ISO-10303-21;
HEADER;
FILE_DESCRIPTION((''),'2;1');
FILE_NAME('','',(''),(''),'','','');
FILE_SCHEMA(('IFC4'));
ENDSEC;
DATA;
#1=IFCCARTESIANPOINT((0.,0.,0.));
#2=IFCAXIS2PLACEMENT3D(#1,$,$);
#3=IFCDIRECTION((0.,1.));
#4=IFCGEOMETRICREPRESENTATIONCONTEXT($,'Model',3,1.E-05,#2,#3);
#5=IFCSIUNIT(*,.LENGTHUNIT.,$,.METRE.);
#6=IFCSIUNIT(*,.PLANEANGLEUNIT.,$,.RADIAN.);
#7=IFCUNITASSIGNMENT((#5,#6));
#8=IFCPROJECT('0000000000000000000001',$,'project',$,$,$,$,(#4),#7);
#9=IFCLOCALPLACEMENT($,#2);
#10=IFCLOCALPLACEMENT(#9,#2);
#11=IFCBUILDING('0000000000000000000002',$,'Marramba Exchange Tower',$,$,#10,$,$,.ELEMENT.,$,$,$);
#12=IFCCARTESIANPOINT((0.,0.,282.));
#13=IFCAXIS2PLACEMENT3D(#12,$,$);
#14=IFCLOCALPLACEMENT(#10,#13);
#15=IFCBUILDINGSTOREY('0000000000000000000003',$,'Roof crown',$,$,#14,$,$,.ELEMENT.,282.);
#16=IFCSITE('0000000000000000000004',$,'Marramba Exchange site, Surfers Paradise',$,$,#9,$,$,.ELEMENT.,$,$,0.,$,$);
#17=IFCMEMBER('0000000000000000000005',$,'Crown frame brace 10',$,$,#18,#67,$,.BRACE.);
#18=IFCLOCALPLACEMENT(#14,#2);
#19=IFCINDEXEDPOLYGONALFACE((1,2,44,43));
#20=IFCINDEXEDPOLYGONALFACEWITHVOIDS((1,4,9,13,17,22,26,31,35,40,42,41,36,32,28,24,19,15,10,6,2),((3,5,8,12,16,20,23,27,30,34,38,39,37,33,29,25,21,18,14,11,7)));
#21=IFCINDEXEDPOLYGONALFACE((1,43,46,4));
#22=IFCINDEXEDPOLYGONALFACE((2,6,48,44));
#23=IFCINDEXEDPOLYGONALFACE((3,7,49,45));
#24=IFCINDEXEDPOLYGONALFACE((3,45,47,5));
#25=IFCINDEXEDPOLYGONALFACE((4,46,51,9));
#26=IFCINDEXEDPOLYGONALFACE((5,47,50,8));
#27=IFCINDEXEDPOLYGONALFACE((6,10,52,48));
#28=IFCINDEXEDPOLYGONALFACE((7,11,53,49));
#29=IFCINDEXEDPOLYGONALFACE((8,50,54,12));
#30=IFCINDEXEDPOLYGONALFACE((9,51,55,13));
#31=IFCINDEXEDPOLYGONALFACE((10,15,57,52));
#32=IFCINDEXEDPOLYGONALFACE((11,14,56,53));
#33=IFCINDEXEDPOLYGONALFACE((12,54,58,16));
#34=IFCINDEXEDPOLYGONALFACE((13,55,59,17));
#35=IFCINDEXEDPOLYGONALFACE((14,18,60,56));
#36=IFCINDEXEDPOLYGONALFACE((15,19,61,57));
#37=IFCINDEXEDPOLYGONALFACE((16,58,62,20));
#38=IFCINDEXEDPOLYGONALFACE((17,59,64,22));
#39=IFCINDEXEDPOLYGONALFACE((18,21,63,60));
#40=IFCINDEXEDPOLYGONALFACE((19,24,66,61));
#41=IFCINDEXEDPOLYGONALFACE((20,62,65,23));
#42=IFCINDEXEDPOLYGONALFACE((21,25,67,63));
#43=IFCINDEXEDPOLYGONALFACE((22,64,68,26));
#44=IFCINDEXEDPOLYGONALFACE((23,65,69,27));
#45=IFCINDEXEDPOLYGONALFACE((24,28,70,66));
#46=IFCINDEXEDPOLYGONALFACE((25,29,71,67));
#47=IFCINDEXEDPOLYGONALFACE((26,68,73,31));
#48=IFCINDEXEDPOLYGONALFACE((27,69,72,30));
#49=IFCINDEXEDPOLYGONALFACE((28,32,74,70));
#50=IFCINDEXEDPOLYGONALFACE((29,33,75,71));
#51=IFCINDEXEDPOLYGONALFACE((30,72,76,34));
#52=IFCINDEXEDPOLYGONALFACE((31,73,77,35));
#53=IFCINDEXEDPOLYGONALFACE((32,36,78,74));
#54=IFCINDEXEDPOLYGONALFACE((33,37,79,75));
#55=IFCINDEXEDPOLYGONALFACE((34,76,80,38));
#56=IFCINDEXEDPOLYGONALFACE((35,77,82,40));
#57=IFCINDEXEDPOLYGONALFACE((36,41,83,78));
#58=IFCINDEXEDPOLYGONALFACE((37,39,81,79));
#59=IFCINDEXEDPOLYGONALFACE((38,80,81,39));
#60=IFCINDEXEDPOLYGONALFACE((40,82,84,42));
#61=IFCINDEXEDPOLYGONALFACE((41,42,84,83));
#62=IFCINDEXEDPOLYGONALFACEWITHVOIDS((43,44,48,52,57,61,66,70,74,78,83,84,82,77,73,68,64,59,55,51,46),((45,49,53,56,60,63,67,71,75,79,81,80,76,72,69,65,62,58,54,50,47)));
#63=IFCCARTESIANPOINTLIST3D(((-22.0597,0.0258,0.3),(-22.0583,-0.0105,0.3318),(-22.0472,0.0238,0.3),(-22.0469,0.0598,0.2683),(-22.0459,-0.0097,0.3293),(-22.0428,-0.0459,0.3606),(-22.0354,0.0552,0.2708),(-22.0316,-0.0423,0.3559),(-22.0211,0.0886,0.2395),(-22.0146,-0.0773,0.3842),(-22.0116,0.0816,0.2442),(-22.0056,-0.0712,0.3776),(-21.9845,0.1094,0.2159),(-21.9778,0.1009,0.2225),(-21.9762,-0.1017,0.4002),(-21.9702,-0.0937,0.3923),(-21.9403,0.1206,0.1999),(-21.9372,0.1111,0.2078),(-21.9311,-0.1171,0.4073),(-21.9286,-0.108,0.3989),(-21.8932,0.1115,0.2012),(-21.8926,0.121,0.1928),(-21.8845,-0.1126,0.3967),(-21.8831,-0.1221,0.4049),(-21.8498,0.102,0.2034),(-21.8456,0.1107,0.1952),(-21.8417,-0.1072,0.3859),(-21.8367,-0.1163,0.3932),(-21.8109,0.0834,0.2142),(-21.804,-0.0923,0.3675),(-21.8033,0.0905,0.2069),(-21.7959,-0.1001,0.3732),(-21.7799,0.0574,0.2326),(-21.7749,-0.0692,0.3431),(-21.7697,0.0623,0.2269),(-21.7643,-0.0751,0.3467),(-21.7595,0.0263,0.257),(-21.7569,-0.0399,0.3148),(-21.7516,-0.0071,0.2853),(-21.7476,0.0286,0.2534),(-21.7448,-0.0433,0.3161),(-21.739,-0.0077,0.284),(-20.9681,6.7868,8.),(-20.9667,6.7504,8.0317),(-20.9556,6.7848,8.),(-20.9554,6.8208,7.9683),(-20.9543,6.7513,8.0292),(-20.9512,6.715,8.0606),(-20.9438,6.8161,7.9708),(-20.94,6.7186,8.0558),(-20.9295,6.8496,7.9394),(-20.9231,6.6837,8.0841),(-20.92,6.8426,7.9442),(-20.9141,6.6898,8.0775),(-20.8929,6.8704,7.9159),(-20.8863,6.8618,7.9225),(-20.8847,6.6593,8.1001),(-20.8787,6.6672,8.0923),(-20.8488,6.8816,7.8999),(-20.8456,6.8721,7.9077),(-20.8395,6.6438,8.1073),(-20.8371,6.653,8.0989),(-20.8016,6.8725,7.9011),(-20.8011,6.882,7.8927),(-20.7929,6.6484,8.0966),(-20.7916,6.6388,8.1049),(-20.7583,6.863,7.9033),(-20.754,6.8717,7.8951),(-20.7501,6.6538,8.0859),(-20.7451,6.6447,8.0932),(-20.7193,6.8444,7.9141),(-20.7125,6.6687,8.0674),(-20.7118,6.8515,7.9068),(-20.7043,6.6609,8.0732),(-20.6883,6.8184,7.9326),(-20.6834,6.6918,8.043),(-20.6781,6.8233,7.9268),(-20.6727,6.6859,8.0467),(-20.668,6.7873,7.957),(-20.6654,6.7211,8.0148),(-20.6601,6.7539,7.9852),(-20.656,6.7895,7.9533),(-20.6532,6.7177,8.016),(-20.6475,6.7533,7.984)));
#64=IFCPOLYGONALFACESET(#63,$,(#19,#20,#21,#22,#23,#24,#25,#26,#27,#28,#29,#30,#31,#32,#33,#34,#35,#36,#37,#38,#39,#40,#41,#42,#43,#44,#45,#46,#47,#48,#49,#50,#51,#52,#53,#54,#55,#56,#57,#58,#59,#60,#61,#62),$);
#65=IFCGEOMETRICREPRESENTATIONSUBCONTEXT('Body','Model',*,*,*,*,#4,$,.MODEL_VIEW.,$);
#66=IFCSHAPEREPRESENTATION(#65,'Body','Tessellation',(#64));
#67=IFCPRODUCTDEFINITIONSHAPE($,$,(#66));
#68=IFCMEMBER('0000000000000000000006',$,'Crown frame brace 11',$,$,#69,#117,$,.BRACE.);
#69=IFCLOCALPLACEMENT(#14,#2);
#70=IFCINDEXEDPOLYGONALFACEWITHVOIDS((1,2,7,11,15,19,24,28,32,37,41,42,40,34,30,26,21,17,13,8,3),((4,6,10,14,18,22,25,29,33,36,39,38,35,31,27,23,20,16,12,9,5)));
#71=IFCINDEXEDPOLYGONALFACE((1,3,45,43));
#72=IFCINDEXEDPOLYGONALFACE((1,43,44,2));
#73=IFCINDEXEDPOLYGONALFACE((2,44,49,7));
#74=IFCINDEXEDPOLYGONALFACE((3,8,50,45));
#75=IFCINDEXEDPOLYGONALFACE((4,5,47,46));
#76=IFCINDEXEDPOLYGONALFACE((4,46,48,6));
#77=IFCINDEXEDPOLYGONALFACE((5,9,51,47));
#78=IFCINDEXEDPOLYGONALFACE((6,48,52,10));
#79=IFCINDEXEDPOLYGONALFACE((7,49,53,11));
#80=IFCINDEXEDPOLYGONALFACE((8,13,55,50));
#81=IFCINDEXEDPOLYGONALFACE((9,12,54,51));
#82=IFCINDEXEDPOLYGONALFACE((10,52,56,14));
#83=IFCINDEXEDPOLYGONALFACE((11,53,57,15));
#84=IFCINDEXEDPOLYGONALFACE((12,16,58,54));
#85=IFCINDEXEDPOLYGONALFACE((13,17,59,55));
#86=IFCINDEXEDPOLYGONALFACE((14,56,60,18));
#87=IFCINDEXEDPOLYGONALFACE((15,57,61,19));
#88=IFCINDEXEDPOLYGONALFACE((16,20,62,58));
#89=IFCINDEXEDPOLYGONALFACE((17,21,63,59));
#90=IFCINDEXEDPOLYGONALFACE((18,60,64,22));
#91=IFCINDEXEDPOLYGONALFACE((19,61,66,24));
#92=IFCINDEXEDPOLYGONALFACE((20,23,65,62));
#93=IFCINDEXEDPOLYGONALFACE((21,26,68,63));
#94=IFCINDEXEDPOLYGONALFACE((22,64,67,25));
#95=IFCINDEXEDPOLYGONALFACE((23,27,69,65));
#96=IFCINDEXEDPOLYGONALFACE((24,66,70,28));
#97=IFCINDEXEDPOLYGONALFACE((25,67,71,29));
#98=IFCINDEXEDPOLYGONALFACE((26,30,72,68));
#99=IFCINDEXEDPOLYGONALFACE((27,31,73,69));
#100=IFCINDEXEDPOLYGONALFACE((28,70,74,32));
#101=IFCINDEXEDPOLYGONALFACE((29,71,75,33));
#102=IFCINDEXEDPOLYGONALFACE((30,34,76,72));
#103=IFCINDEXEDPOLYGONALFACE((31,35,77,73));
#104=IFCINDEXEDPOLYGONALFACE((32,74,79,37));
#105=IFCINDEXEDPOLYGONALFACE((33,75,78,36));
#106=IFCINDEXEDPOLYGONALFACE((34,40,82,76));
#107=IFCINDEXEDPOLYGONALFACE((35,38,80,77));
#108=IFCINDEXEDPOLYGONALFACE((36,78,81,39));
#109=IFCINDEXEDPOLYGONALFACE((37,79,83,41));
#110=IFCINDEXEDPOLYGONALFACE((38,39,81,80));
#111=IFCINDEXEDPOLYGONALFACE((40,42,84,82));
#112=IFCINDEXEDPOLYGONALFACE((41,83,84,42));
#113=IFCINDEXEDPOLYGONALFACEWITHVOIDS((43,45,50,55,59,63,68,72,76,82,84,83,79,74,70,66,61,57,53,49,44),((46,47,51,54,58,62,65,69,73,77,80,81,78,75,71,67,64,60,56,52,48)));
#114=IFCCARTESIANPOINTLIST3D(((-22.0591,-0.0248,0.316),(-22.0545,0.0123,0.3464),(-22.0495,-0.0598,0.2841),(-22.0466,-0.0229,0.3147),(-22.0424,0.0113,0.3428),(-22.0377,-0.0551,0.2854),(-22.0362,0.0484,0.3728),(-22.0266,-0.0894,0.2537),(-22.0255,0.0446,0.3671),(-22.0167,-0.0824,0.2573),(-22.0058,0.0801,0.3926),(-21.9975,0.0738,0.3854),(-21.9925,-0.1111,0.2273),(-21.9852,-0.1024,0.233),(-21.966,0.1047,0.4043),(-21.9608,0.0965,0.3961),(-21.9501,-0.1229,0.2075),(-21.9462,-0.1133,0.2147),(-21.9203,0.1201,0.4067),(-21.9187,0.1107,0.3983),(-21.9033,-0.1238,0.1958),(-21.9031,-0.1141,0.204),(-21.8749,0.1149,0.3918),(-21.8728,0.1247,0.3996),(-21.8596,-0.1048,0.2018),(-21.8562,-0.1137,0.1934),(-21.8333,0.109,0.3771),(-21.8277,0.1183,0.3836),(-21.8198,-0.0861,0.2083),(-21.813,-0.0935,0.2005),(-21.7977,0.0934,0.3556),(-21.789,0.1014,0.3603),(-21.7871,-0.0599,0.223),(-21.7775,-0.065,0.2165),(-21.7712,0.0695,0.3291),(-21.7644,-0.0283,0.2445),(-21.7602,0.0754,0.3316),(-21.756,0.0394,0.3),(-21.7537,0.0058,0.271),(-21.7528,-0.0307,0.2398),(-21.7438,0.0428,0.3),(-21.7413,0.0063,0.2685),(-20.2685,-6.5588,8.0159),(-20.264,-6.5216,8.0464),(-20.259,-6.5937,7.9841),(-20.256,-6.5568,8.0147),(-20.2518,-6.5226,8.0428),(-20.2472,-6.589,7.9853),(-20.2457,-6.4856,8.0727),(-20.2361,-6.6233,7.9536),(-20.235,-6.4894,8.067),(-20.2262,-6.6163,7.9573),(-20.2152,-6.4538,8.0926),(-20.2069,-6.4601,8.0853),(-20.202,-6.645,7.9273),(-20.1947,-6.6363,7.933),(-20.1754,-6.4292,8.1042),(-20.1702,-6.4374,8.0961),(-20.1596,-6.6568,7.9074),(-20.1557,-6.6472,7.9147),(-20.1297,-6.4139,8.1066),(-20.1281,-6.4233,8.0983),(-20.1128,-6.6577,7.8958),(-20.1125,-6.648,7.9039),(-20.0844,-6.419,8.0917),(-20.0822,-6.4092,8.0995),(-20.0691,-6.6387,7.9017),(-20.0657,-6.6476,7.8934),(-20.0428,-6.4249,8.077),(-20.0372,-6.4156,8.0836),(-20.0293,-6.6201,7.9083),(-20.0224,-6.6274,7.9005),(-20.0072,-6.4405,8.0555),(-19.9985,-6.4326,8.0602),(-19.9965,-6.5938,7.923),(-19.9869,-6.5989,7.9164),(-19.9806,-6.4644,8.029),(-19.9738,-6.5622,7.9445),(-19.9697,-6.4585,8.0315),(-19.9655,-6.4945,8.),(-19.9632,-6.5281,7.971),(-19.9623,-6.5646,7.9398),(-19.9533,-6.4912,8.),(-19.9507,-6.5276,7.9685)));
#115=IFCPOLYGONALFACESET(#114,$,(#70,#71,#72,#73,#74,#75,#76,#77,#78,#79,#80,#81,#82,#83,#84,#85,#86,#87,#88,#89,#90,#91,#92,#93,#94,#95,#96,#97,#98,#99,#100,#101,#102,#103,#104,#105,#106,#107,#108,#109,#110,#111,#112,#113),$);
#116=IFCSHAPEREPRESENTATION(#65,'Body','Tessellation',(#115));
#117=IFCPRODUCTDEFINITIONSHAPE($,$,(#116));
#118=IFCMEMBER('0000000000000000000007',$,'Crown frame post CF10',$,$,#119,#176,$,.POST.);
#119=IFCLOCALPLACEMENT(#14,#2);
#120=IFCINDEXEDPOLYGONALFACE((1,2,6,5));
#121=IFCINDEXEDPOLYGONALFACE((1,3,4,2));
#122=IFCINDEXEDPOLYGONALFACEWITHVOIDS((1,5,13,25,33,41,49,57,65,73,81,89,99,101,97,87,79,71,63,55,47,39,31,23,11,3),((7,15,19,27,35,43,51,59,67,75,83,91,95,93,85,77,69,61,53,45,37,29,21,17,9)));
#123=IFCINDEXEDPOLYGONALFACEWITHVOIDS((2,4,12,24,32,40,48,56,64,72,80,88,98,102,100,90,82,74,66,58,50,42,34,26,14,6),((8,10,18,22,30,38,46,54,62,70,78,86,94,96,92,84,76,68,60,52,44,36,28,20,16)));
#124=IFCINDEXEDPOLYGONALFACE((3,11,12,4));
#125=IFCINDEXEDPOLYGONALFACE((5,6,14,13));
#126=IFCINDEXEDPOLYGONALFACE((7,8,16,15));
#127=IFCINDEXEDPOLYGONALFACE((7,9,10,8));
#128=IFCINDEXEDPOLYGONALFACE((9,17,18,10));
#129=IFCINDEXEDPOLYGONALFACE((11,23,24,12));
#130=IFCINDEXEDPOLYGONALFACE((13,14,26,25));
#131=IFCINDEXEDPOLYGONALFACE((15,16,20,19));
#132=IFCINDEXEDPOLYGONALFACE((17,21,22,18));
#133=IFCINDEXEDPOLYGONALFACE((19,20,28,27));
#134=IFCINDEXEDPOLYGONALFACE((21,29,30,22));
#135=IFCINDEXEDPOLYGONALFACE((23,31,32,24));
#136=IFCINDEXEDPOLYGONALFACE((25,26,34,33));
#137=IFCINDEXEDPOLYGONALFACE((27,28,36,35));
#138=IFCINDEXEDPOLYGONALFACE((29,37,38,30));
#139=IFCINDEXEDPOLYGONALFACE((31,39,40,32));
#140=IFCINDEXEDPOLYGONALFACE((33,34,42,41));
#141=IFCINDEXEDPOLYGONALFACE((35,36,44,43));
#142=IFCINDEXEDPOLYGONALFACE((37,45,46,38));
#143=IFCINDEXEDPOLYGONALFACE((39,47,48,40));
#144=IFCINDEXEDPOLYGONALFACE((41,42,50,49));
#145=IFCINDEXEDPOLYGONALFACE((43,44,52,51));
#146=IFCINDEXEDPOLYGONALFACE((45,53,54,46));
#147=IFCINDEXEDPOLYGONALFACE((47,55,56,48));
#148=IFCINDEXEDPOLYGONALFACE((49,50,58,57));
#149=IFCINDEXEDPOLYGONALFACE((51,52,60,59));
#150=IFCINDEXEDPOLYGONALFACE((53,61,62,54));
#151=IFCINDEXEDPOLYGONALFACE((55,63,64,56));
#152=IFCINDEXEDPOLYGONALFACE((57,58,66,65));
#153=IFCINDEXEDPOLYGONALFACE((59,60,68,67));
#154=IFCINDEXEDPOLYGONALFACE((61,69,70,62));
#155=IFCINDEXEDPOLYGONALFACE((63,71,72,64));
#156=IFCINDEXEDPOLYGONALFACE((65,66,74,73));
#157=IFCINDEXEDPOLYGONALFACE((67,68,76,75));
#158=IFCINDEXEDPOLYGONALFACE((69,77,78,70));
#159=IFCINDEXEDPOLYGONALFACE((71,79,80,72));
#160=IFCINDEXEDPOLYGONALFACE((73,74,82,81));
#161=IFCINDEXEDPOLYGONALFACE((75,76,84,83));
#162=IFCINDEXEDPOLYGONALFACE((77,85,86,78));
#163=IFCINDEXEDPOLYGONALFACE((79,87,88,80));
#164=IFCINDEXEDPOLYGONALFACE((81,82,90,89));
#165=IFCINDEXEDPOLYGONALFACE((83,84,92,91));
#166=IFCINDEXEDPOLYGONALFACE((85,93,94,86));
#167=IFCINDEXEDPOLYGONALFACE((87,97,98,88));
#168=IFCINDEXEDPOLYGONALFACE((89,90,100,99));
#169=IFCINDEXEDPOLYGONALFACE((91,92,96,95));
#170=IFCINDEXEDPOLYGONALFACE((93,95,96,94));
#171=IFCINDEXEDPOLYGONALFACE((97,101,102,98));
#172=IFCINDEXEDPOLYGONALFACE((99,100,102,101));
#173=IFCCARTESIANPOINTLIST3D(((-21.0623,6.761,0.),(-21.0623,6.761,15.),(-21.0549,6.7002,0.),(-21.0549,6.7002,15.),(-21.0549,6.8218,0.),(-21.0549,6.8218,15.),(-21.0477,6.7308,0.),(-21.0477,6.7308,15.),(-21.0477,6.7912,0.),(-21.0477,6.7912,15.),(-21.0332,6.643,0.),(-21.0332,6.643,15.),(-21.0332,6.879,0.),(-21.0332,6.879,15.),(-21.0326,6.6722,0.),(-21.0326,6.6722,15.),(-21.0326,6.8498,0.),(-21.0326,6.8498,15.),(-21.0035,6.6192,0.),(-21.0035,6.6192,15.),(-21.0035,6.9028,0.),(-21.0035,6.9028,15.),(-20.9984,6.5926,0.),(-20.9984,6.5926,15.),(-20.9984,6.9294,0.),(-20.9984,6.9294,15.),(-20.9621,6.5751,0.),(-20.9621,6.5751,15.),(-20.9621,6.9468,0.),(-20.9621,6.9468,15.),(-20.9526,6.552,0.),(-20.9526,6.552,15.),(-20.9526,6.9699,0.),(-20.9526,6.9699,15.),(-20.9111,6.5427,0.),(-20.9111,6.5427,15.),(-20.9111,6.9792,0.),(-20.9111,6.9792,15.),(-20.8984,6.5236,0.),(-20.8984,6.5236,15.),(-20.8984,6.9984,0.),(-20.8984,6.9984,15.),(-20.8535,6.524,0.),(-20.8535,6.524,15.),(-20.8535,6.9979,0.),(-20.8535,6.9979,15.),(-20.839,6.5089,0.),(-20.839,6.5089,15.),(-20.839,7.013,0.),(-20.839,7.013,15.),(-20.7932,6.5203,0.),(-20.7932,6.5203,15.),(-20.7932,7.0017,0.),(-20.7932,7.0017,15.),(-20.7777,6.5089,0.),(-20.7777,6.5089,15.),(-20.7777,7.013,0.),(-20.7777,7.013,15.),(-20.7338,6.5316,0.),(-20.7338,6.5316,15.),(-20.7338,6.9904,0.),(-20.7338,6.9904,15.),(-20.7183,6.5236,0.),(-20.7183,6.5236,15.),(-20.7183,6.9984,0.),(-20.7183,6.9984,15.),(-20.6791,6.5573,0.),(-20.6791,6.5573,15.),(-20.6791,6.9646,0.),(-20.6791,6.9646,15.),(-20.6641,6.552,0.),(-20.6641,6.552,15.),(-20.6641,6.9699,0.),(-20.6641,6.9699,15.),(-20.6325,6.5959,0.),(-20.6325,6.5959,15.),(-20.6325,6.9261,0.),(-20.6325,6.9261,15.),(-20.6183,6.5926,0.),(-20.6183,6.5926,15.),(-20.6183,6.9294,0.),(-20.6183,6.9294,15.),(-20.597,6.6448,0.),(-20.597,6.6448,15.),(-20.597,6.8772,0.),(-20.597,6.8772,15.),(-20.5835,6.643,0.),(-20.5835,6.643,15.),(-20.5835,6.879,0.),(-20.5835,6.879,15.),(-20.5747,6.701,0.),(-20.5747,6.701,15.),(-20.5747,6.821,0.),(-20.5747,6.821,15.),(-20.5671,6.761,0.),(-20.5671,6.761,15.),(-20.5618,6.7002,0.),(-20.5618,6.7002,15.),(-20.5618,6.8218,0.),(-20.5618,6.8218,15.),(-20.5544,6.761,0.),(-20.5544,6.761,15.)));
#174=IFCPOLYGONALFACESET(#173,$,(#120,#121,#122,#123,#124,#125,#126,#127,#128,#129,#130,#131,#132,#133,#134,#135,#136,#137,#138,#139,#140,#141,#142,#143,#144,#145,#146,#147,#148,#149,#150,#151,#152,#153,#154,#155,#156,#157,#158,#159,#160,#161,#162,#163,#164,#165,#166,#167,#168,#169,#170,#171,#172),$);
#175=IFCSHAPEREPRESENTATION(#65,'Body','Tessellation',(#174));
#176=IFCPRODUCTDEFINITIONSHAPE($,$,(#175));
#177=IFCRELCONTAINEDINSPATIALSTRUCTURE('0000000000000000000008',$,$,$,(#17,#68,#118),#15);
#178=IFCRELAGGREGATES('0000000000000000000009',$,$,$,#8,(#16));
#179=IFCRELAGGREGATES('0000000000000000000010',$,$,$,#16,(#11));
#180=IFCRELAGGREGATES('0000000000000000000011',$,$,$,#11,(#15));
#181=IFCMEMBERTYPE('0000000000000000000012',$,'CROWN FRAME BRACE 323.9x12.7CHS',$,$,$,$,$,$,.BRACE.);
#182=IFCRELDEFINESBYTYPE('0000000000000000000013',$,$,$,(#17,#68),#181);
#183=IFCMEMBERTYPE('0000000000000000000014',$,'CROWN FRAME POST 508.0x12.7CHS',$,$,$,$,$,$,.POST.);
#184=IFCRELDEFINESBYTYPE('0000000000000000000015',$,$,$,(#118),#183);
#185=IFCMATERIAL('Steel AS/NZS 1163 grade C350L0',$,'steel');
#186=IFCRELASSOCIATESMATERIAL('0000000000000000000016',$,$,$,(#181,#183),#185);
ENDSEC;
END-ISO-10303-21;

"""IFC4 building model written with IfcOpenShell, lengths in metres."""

from ifc_helpers import new_model, si_unit, direction, frame, origin, origin_2d, place, context, subcontext, project, spatial, hollow_circle, extrude, material, material_profile, profile_set, type_object, element, save


model = new_model("IFC4")

# Units and contexts
model_context = context("Model", 3, precision=1e-05, world=origin(), true_north=direction((0.0, 1.0)))
body_context = subcontext(model_context, "Body", "Model", "MODEL_VIEW")
ifc_project = project(units=[si_unit("LENGTHUNIT", "METRE"), si_unit("PLANEANGLEUNIT", "RADIAN")], contexts=[model_context])

# Site, building, storey
site_placement = place(None, origin())
site = spatial("IfcSite", under=ifc_project, at=site_placement, Name="Marramba Exchange site, Surfers Paradise", CompositionType="ELEMENT", RefElevation=0.0)
building_placement = place(site_placement, origin())
building = spatial("IfcBuilding", under=site, at=building_placement, Name="Marramba Exchange Tower", CompositionType="ELEMENT")
storey_placement = place(building_placement, frame((0.0, 0.0, 282.0)))
storey = spatial("IfcBuildingStorey", under=building, at=storey_placement, Name="Roof crown", CompositionType="ELEMENT", Elevation=282.0)

# Members
ifc_material_1 = material(Name="Steel AS/NZS 1163 grade C350L0", Category="steel")
ifc_material_profile_1 = material_profile(ifc_material_1, hollow_circle(Radius=0.1619, WallThickness=0.0127, at=origin_2d()), Name="323.9x12.7CHS")
ifc_profile_set_1 = profile_set([ifc_material_profile_1], Name="Steel AS/NZS 1163 grade C350L0")
member_type_1 = type_object("IfcMemberType", Name="CROWN FRAME BRACE 323.9x12.7CHS", PredefinedType="BRACE", material=ifc_profile_set_1)
member_1_placement = place(storey_placement, frame((-21.8999, 0.0, 0.3), z_axis=(0.105925, 0.656092, 0.74721), x_axis=(-0.987217, 0.159385, 0.0)))
element("IfcMember", 1, at=member_1_placement, inside=storey, type_object=member_type_1, Name="Crown frame brace 10", PredefinedType="BRACE", context=body_context, shape_type="SweptSolid", body=[
    extrude(hollow_circle(Radius=0.1619, WallThickness=0.0127, at=origin_2d()), origin(), (0.0, 0.0, 1.0), 10.3049),
])
member_2_placement = place(storey_placement, frame((-21.8999, 0.0, 0.3), z_axis=(0.174582, -0.637078, 0.750768), x_axis=(0.964443, 0.264291, 0.0)))
element("IfcMember", 2, at=member_2_placement, inside=storey, type_object=member_type_1, Name="Crown frame brace 11", PredefinedType="BRACE", context=body_context, shape_type="SweptSolid", body=[
    extrude(hollow_circle(Radius=0.1619, WallThickness=0.0127, at=origin_2d()), origin(), (0.0, 0.0, 1.0), 10.2561),
])
ifc_material_profile_2 = material_profile(ifc_material_1, hollow_circle(Radius=0.2539, WallThickness=0.0127, at=origin_2d()), Name="508.0x12.7CHS")
ifc_profile_set_2 = profile_set([ifc_material_profile_2], Name="Steel AS/NZS 1163 grade C350L0")
member_type_2 = type_object("IfcMemberType", Name="CROWN FRAME POST 508.0x12.7CHS", PredefinedType="POST", material=ifc_profile_set_2)
for number, where, z_axis, x_axis, name in (
    (3, (-20.8083, 6.761, 0.0), (0.0, 0.0, 1.0), (1.0, 0.0, 0.0), "Crown frame post CF10"),
):
    element("IfcMember", number, at=place(storey_placement, frame(where, z_axis=z_axis, x_axis=x_axis)), inside=storey, type_object=member_type_2, Name=name, PredefinedType="POST", context=body_context, shape_type="SweptSolid", body=[
        extrude(hollow_circle(Radius=0.2539, WallThickness=0.0127, at=origin_2d()), origin(), (0.0, 0.0, 1.0), 15.0),
    ])

save(model, "model.ifc")
